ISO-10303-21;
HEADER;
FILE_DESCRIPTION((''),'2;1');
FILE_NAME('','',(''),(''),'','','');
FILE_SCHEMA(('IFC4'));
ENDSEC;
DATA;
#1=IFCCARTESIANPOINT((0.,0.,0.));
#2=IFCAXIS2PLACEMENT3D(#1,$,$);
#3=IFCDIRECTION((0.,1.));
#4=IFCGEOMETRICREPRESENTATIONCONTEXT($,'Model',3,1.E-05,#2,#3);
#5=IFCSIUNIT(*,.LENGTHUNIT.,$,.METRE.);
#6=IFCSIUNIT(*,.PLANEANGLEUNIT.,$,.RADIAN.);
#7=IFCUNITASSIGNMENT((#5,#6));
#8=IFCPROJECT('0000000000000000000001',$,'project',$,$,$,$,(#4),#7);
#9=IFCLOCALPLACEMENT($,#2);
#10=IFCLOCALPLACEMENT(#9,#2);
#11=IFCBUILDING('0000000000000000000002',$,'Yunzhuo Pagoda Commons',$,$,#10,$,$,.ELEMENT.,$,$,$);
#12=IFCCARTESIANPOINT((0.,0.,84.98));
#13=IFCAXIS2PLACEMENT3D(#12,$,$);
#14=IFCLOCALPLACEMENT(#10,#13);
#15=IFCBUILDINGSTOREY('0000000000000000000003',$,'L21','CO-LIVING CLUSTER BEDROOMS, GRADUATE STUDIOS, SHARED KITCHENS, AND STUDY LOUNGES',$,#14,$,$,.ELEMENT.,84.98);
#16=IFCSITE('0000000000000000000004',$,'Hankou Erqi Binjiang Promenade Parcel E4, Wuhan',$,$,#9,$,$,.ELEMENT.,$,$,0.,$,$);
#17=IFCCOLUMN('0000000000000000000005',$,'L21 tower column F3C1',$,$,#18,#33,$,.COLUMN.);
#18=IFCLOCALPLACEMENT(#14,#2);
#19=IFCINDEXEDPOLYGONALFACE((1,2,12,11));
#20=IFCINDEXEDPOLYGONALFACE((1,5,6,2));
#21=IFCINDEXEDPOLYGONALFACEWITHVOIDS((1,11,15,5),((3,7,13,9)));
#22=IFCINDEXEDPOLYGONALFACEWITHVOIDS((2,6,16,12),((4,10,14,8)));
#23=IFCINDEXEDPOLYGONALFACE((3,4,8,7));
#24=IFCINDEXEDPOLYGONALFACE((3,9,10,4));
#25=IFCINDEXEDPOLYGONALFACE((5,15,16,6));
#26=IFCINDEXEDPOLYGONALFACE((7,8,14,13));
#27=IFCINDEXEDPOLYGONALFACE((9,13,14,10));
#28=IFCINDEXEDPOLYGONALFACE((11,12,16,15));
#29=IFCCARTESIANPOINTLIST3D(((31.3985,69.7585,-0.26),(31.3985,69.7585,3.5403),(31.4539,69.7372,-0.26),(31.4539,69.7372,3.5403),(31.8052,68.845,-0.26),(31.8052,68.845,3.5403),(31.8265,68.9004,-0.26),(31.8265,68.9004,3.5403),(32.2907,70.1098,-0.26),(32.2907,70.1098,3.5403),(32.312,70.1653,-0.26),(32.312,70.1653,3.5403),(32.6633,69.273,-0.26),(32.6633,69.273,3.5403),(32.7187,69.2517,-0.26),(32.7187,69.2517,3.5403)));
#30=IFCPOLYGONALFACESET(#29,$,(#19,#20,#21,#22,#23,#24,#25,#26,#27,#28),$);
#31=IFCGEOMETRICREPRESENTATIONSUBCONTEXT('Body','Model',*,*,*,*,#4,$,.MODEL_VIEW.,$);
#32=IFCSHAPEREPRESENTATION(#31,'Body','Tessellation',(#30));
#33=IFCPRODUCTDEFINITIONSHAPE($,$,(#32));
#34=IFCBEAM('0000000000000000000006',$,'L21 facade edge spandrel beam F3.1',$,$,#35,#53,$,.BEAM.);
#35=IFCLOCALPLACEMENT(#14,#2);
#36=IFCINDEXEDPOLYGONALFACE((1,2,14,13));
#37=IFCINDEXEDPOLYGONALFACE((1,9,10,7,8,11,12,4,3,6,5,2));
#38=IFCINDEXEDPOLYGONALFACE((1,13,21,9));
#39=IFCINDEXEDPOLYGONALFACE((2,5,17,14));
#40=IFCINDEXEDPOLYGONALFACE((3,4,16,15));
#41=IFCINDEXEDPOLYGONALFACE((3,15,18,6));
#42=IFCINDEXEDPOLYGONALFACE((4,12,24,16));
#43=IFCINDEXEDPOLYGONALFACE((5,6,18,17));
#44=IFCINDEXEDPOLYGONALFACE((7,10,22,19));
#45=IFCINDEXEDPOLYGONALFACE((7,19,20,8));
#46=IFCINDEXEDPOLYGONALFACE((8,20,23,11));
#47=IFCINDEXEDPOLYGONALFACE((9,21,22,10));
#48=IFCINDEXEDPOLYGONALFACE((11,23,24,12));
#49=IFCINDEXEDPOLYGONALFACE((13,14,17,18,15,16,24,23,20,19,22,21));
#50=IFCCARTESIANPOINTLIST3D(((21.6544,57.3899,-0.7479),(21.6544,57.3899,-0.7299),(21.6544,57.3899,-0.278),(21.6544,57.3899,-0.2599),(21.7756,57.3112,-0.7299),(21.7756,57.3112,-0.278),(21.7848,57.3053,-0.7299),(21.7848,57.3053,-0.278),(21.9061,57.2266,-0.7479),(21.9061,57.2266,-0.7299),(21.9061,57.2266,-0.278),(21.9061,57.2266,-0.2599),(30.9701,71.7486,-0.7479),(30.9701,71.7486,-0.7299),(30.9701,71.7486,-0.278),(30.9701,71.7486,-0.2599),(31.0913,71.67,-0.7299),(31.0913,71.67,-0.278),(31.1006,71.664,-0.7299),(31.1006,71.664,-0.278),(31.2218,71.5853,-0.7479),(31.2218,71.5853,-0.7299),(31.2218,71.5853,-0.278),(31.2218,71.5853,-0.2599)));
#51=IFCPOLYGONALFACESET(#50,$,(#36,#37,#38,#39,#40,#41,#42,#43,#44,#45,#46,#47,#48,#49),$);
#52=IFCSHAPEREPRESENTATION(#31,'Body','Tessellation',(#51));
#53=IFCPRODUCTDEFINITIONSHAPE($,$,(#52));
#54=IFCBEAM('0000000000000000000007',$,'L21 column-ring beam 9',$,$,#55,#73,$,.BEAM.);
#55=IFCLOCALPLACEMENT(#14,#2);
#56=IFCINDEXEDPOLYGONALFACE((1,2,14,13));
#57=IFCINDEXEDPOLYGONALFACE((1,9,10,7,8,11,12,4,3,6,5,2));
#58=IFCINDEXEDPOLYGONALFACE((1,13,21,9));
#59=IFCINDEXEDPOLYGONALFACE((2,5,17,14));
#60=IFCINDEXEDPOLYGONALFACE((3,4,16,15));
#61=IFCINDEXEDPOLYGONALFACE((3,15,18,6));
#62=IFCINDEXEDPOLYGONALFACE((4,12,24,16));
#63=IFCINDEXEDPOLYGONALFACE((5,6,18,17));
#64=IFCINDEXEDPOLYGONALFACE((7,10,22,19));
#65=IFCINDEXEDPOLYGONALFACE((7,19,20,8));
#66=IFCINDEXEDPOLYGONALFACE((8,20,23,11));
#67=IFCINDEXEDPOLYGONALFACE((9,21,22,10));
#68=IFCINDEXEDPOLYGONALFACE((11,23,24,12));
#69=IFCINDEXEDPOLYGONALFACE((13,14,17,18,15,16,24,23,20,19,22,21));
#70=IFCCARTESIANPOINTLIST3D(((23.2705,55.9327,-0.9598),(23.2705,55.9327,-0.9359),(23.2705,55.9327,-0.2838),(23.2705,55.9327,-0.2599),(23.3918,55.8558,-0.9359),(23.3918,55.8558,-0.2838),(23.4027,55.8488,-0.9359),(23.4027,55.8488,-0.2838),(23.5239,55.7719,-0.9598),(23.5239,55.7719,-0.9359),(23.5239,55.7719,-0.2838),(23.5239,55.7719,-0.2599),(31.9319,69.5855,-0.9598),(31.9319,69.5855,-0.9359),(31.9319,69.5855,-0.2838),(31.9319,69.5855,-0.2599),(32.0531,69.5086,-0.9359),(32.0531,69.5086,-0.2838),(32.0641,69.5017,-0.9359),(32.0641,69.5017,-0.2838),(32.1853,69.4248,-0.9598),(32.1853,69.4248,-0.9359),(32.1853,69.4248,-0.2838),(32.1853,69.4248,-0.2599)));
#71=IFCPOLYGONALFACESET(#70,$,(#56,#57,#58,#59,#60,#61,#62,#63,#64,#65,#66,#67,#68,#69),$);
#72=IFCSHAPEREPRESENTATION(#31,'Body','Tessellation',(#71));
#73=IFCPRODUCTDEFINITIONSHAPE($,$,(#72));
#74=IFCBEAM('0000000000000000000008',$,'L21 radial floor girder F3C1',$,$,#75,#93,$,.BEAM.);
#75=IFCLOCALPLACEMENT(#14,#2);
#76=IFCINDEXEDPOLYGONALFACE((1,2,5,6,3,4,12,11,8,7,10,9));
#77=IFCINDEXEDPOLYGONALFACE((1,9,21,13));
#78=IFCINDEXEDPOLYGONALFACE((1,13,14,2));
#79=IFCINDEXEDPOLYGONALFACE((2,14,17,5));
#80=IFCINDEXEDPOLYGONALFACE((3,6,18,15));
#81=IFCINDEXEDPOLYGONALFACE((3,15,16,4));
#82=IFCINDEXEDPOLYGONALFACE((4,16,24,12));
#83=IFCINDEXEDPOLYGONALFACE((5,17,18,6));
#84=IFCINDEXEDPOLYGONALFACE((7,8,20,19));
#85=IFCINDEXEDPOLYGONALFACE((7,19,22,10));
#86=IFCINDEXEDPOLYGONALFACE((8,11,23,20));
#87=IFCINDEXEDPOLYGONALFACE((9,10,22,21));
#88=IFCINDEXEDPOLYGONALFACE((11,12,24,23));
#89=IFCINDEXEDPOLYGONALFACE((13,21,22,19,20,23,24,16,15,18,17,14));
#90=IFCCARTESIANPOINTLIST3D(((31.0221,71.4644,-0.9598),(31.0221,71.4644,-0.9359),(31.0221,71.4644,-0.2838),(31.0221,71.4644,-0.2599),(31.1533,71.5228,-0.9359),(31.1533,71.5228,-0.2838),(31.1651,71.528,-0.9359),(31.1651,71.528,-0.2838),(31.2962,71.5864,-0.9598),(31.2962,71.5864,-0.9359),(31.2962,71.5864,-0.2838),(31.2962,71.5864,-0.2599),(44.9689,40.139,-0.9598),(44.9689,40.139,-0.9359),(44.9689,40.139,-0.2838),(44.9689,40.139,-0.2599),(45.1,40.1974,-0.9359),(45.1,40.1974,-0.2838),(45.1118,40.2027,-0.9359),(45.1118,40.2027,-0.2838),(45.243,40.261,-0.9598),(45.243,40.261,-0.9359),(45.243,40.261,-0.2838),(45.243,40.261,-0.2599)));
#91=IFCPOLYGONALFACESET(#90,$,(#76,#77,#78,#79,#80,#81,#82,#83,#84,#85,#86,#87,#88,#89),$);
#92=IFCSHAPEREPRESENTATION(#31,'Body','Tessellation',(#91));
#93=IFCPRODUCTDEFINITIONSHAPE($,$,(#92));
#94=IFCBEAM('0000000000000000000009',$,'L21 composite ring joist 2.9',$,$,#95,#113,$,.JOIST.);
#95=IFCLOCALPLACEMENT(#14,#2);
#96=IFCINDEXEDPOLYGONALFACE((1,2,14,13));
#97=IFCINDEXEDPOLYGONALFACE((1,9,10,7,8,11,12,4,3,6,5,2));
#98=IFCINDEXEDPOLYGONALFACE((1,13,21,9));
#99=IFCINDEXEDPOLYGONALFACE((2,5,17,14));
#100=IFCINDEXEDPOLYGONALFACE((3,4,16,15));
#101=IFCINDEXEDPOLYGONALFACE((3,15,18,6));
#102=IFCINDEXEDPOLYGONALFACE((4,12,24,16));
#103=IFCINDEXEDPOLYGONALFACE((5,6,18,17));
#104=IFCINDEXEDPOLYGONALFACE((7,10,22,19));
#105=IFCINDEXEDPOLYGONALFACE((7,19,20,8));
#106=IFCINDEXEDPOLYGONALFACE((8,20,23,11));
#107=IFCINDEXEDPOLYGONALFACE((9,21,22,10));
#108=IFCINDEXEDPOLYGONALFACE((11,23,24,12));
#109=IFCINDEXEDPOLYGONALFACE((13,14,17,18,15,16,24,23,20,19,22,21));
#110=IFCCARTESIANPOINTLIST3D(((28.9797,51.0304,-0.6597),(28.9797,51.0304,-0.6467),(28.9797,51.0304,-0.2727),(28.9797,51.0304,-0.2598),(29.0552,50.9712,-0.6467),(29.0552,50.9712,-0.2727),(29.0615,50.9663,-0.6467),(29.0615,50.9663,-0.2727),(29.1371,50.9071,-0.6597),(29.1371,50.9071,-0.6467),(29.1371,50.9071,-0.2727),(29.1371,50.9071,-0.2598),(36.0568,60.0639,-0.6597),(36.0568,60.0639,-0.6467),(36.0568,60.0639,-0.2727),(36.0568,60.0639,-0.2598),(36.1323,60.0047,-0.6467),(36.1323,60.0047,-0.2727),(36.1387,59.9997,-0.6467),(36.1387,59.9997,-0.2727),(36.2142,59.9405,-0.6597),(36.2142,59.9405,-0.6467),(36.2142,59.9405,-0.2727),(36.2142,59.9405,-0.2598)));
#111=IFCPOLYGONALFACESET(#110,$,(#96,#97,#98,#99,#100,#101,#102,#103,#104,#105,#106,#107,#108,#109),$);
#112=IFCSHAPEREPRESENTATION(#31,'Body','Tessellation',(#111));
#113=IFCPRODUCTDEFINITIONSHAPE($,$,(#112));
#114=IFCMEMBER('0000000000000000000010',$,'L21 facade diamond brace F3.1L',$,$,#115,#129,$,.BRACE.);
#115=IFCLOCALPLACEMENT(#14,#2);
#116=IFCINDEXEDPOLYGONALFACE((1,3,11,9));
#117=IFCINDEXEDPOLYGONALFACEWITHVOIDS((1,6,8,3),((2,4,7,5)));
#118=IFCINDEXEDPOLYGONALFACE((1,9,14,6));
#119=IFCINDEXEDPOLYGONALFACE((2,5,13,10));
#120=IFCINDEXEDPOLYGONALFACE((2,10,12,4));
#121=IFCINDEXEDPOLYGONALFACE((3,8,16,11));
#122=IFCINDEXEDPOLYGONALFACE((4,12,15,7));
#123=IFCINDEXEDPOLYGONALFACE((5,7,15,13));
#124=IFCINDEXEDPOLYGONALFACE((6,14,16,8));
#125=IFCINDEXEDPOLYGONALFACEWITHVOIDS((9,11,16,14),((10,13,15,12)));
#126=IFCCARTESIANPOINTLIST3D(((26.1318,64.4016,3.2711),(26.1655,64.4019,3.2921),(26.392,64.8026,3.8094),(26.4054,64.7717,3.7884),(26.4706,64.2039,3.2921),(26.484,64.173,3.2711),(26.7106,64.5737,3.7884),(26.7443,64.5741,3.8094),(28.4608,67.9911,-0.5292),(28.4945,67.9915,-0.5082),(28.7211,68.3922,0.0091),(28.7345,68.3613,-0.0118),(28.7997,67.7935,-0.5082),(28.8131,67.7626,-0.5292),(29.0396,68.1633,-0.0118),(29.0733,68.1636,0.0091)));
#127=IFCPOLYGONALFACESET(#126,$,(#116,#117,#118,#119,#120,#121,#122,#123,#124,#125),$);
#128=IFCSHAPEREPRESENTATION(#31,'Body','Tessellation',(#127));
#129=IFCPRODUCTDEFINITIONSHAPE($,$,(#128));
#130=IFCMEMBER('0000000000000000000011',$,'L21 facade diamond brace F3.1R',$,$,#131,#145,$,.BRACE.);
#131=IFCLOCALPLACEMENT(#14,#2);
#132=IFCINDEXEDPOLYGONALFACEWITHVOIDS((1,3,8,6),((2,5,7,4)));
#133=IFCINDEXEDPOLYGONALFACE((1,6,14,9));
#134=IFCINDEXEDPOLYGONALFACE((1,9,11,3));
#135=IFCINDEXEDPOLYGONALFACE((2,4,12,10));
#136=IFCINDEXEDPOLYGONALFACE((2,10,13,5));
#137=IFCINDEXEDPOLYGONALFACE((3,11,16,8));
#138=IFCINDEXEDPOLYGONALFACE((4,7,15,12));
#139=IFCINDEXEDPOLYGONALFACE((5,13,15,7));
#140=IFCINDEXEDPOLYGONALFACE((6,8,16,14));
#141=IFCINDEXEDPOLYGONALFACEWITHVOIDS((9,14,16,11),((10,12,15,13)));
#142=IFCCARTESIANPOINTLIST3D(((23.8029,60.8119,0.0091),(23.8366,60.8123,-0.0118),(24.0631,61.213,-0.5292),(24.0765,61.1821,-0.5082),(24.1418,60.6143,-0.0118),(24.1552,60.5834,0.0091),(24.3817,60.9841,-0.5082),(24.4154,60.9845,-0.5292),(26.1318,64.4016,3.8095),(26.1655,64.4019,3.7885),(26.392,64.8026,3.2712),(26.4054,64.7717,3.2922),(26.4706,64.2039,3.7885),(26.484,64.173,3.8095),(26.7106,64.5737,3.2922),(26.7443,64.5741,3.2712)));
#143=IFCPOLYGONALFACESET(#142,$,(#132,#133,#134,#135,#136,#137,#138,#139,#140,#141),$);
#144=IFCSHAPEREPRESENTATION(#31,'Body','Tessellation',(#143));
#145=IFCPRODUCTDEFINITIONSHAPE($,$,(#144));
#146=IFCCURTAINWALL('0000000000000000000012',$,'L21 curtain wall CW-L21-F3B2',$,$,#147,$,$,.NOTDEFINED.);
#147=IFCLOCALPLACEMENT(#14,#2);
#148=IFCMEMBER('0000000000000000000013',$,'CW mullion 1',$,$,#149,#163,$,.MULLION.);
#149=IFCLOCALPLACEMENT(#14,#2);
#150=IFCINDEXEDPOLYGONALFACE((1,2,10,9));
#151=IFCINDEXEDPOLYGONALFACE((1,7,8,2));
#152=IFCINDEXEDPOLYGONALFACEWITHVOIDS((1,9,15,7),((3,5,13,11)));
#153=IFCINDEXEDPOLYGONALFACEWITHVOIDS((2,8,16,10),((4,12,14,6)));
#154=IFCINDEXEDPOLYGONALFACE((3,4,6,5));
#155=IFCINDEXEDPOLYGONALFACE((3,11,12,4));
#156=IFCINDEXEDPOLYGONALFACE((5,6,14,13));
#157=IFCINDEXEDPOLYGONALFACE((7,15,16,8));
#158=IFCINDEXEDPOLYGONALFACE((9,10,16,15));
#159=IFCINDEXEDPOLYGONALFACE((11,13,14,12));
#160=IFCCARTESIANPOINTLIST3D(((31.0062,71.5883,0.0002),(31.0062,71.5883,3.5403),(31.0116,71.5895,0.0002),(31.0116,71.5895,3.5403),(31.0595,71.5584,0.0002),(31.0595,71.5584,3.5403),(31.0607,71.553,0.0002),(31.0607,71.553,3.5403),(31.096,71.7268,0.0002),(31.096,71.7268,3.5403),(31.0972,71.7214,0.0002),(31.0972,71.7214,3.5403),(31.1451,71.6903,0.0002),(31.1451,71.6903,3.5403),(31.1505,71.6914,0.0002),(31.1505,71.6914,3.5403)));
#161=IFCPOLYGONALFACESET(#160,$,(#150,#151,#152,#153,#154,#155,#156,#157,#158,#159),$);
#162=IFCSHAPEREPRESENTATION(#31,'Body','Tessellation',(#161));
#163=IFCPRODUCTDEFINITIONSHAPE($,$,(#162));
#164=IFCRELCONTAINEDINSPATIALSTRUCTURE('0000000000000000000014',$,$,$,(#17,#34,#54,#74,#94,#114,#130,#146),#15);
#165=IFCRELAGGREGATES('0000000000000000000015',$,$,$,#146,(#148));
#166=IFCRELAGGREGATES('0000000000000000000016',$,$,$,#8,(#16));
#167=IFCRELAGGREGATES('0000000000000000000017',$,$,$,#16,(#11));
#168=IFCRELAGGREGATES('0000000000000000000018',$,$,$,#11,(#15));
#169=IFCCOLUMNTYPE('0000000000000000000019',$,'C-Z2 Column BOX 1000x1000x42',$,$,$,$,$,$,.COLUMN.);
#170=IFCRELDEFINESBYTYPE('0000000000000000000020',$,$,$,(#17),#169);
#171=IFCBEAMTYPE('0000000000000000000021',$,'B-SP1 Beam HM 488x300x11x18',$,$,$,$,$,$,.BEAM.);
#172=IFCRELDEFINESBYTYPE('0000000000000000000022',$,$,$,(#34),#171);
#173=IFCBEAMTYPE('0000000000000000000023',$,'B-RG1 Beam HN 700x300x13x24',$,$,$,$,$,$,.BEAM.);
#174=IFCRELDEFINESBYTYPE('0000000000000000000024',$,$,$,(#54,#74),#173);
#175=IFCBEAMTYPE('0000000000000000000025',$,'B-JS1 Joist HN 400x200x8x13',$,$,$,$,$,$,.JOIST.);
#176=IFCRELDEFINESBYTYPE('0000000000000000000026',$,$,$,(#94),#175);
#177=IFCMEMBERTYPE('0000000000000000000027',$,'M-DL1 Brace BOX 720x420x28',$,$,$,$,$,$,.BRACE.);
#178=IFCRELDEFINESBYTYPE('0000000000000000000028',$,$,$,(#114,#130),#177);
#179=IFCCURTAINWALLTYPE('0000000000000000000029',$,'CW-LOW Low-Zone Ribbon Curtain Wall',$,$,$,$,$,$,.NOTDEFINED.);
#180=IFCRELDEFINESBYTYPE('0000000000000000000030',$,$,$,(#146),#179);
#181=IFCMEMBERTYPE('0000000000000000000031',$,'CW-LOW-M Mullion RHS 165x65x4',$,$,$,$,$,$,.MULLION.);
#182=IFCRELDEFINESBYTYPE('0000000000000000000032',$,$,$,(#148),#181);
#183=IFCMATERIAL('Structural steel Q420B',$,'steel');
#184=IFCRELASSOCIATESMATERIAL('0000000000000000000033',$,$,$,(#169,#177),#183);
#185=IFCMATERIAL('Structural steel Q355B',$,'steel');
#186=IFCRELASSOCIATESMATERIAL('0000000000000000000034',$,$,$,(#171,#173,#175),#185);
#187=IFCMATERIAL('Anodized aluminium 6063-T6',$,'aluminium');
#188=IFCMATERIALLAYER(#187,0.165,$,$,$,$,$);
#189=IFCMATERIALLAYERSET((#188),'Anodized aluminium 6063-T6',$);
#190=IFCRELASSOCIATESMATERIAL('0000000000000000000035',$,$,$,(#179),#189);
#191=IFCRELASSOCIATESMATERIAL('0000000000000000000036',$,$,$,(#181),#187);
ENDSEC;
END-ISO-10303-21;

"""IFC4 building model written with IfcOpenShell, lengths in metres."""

from ifc_helpers import new_model, si_unit, direction, frame, origin, origin_2d, place, context, subcontext, project, spatial, hollow_rectangle, i_section, extrude, source, transform, mapped, material, layer, layer_set, material_profile, profile_set, type_object, element, aggregate, save


model = new_model("IFC4")

# Units and contexts
model_context = context("Model", 3, precision=1e-05, world=origin(), true_north=direction((0.0, 1.0)))
body_context = subcontext(model_context, "Body", "Model", "MODEL_VIEW")
ifc_project = project(units=[si_unit("LENGTHUNIT", "METRE"), si_unit("PLANEANGLEUNIT", "RADIAN")], contexts=[model_context])

# Site, building, storey
site_placement = place(None, origin())
site = spatial("IfcSite", under=ifc_project, at=site_placement, Name="Hankou Erqi Binjiang Promenade Parcel E4, Wuhan", CompositionType="ELEMENT", RefElevation=0.0)
building_placement = place(site_placement, origin())
building = spatial("IfcBuilding", under=site, at=building_placement, Name="Yunzhuo Pagoda Commons", CompositionType="ELEMENT")
storey_placement = place(building_placement, frame((0.0, 0.0, 84.98)))
storey = spatial("IfcBuildingStorey", under=building, at=storey_placement, Name="L21", Description="CO-LIVING CLUSTER BEDROOMS, GRADUATE STUDIOS, SHARED KITCHENS, AND STUDY LOUNGES", CompositionType="ELEMENT", Elevation=84.98)

# Column
ifc_material_1 = material(Name="Structural steel Q420B", Category="steel")
ifc_material_profile_1 = material_profile(ifc_material_1, hollow_rectangle(XDim=1.0, YDim=1.0, WallThickness=0.042, at=origin_2d()), Name="Structural steel Q420B")
ifc_profile_set_1 = profile_set([ifc_material_profile_1], Name="Structural steel Q420B")
column_type = type_object("IfcColumnType", Name="C-Z2 Column BOX 1000x1000x42", PredefinedType="COLUMN", material=ifc_profile_set_1)
shared_shape_1 = source(origin(), body_context, "Body", "SweptSolid", [
    extrude(hollow_rectangle(XDim=1.0, YDim=1.0, WallThickness=0.042, at=origin_2d()), origin(), (0.0, 0.0, 1.0), 3.8003),
])
column_placement = place(storey_placement, frame((32.0586, 69.5051, -0.26), z_axis=(0.0, 0.0, 1.0), x_axis=(-0.913545, -0.406737, 0.0)))
element("IfcColumn", 1, at=column_placement, inside=storey, type_object=column_type, Name="L21 tower column F3C1", PredefinedType="COLUMN", context=body_context, shape_type="MappedRepresentation", body=[
    mapped(shared_shape_1, transform((0.0, 0.0, 0.0), scale=1.0)),
])

# Beams
ifc_material_2 = material(Name="Structural steel Q355B", Category="steel")
ifc_material_profile_2 = material_profile(ifc_material_2, i_section(OverallWidth=0.3, OverallDepth=0.488, WebThickness=0.011, FlangeThickness=0.0181, at=origin_2d()), Name="Structural steel Q355B")
ifc_profile_set_2 = profile_set([ifc_material_profile_2], Name="Structural steel Q355B")
beam_type_1 = type_object("IfcBeamType", Name="B-SP1 Beam HM 488x300x11x18", PredefinedType="BEAM", material=ifc_profile_set_2)
shared_shape_2 = source(origin(), body_context, "Body", "SweptSolid", [
    extrude(i_section(OverallWidth=0.3, OverallDepth=0.488, WebThickness=0.011, FlangeThickness=0.0181, at=origin_2d()), origin(), (0.0, 0.0, 1.0), 17.116),
])
beam_1_placement = place(storey_placement, frame((31.0959, 71.667, -0.5039), z_axis=(-0.544272, -0.838909, 0.0), x_axis=(0.838909, -0.544272, 0.0)))
element("IfcBeam", 2, at=beam_1_placement, inside=storey, type_object=beam_type_1, Name="L21 facade edge spandrel beam F3.1", PredefinedType="BEAM", context=body_context, shape_type="MappedRepresentation", body=[
    mapped(shared_shape_2, transform((0.0, 0.0, 0.0), scale=1.0)),
])
ifc_material_profile_3 = material_profile(ifc_material_2, i_section(OverallWidth=0.3, OverallDepth=0.7, WebThickness=0.0129, FlangeThickness=0.0239, at=origin_2d()), Name="Structural steel Q355B")
ifc_profile_set_3 = profile_set([ifc_material_profile_3], Name="Structural steel Q355B")
beam_type_2 = type_object("IfcBeamType", Name="B-RG1 Beam HN 700x300x13x24", PredefinedType="BEAM", material=ifc_profile_set_3)
shared_shape_3 = source(origin(), body_context, "Body", "SweptSolid", [
    extrude(i_section(OverallWidth=0.3, OverallDepth=0.7, WebThickness=0.0129, FlangeThickness=0.0239, at=origin_2d()), origin(), (0.0, 0.0, 1.0), 16.1685),
])
beam_2_placement = place(storey_placement, frame((32.0586, 69.5051, -0.6099), z_axis=(-0.535696, -0.844411, 0.0), x_axis=(0.844411, -0.535696, 0.0)))
element("IfcBeam", 3, at=beam_2_placement, inside=storey, type_object=beam_type_2, Name="L21 column-ring beam 9", PredefinedType="BEAM", context=body_context, shape_type="MappedRepresentation", body=[
    mapped(shared_shape_3, transform((0.0, 0.0, 0.0), scale=1.0)),
])
shared_shape_4 = source(origin(), body_context, "Body", "SweptSolid", [
    extrude(i_section(OverallWidth=0.3, OverallDepth=0.7, WebThickness=0.0129, FlangeThickness=0.0239, at=origin_2d()), origin(), (0.0, 0.0, 1.0), 34.2898),
])
beam_3_placement = place(storey_placement, frame((31.1592, 71.5254, -0.6099), z_axis=(0.406732, -0.913548, 0.0), x_axis=(0.913548, 0.406732, 0.0)))
element("IfcBeam", 4, at=beam_3_placement, inside=storey, type_object=beam_type_2, Name="L21 radial floor girder F3C1", PredefinedType="BEAM", context=body_context, shape_type="MappedRepresentation", body=[
    mapped(shared_shape_4, transform((0.0, 0.0, 0.0), scale=1.0)),
])
ifc_material_profile_4 = material_profile(ifc_material_2, i_section(OverallWidth=0.2, OverallDepth=0.3999, WebThickness=0.0081, FlangeThickness=0.0129, at=origin_2d()), Name="Structural steel Q355B")
ifc_profile_set_4 = profile_set([ifc_material_profile_4], Name="Structural steel Q355B")
beam_type_3 = type_object("IfcBeamType", Name="B-JS1 Joist HN 400x200x8x13", PredefinedType="JOIST", material=ifc_profile_set_4)
shared_shape_5 = source(origin(), body_context, "Body", "SweptSolid", [
    extrude(i_section(OverallWidth=0.2, OverallDepth=0.3999, WebThickness=0.0081, FlangeThickness=0.0129, at=origin_2d()), origin(), (0.0, 0.0, 1.0), 11.4756),
])
beam_4_placement = place(storey_placement, frame((36.1355, 60.0022, -0.4597), z_axis=(-0.616713, -0.787188, 0.0), x_axis=(0.787188, -0.616713, 0.0)))
element("IfcBeam", 5, at=beam_4_placement, inside=storey, type_object=beam_type_3, Name="L21 composite ring joist 2.9", PredefinedType="JOIST", context=body_context, shape_type="MappedRepresentation", body=[
    mapped(shared_shape_5, transform((0.0, 0.0, 0.0), scale=1.0)),
])

# Members
ifc_material_profile_5 = material_profile(ifc_material_1, hollow_rectangle(XDim=0.4199, YDim=0.72, WallThickness=0.0281, at=origin_2d()), Name="Structural steel Q420B")
ifc_profile_set_5 = profile_set([ifc_material_profile_5], Name="Structural steel Q420B")
member_type_1 = type_object("IfcMemberType", Name="M-DL1 Brace BOX 720x420x28", PredefinedType="BRACE", material=ifc_profile_set_5)
shared_shape_6 = source(origin(), body_context, "Body", "SweptSolid", [
    extrude(hollow_rectangle(XDim=0.4199, YDim=0.72, WallThickness=0.0281, at=origin_2d()), origin(), (0.0, 0.0, 1.0), 5.7229),
])
for number, where, z_axis, x_axis, name in (
    (6, (28.7671, 68.0774, -0.26), (-0.406976, -0.627229, 0.664044), (0.838885, -0.544308, 0.0), "L21 facade diamond brace F3.1L"),
    (7, (24.1091, 60.8982, -0.26), (0.40694, 0.62724, 0.664056), (-0.838911, 0.544268, 0.0), "L21 facade diamond brace F3.1R"),
):
    element("IfcMember", number, at=place(storey_placement, frame(where, z_axis=z_axis, x_axis=x_axis)), inside=storey, type_object=member_type_1, Name=name, PredefinedType="BRACE", context=body_context, shape_type="MappedRepresentation", body=[
        mapped(shared_shape_6, transform((0.0, 0.0, 0.0), scale=1.0)),
    ])

# Curtain wall, member
ifc_material_3 = material(Name="Anodized aluminium 6063-T6", Category="aluminium")
ifc_layer_1 = layer(ifc_material_3, 0.165)
ifc_layer_set_1 = layer_set([ifc_layer_1], Name="Anodized aluminium 6063-T6")
curtain_wall_type = type_object("IfcCurtainWallType", Name="CW-LOW Low-Zone Ribbon Curtain Wall", PredefinedType="NOTDEFINED", material=ifc_layer_set_1)
curtain_wall_1_placement = place(storey_placement, origin())
curtain_wall_1 = element("IfcCurtainWall", 8, at=curtain_wall_1_placement, inside=storey, type_object=curtain_wall_type, Name="L21 curtain wall CW-L21-F3B2", PredefinedType="NOTDEFINED")
ifc_material_profile_6 = material_profile(ifc_material_3, hollow_rectangle(XDim=0.0649, YDim=0.165, WallThickness=0.0039, at=origin_2d()), Name="Anodized aluminium 6063-T6")
ifc_profile_set_6 = profile_set([ifc_material_profile_6], Name="Anodized aluminium 6063-T6")
member_type_2 = type_object("IfcMemberType", Name="CW-LOW-M Mullion RHS 165x65x4", PredefinedType="MULLION", material=ifc_profile_set_6)
shared_shape_7 = source(origin(), body_context, "Body", "SweptSolid", [
    extrude(hollow_rectangle(XDim=0.0649, YDim=0.165, WallThickness=0.0039, at=origin_2d()), origin(), (0.0, 0.0, 1.0), 3.54),
])
member_1_placement = place(storey_placement, frame((31.0784, 71.6399, 0.0002), z_axis=(0.0, 0.0, 1.0), x_axis=(0.838907, -0.544275, 0.0)))
member_1 = element("IfcMember", 9, at=member_1_placement, type_object=member_type_2, Name="CW mullion 1", PredefinedType="MULLION", context=body_context, shape_type="MappedRepresentation", body=[
    mapped(shared_shape_7, transform((0.0, 0.0, 0.0), scale=1.0)),
])

aggregate(curtain_wall_1, [member_1])

save(model, "model.ifc")
